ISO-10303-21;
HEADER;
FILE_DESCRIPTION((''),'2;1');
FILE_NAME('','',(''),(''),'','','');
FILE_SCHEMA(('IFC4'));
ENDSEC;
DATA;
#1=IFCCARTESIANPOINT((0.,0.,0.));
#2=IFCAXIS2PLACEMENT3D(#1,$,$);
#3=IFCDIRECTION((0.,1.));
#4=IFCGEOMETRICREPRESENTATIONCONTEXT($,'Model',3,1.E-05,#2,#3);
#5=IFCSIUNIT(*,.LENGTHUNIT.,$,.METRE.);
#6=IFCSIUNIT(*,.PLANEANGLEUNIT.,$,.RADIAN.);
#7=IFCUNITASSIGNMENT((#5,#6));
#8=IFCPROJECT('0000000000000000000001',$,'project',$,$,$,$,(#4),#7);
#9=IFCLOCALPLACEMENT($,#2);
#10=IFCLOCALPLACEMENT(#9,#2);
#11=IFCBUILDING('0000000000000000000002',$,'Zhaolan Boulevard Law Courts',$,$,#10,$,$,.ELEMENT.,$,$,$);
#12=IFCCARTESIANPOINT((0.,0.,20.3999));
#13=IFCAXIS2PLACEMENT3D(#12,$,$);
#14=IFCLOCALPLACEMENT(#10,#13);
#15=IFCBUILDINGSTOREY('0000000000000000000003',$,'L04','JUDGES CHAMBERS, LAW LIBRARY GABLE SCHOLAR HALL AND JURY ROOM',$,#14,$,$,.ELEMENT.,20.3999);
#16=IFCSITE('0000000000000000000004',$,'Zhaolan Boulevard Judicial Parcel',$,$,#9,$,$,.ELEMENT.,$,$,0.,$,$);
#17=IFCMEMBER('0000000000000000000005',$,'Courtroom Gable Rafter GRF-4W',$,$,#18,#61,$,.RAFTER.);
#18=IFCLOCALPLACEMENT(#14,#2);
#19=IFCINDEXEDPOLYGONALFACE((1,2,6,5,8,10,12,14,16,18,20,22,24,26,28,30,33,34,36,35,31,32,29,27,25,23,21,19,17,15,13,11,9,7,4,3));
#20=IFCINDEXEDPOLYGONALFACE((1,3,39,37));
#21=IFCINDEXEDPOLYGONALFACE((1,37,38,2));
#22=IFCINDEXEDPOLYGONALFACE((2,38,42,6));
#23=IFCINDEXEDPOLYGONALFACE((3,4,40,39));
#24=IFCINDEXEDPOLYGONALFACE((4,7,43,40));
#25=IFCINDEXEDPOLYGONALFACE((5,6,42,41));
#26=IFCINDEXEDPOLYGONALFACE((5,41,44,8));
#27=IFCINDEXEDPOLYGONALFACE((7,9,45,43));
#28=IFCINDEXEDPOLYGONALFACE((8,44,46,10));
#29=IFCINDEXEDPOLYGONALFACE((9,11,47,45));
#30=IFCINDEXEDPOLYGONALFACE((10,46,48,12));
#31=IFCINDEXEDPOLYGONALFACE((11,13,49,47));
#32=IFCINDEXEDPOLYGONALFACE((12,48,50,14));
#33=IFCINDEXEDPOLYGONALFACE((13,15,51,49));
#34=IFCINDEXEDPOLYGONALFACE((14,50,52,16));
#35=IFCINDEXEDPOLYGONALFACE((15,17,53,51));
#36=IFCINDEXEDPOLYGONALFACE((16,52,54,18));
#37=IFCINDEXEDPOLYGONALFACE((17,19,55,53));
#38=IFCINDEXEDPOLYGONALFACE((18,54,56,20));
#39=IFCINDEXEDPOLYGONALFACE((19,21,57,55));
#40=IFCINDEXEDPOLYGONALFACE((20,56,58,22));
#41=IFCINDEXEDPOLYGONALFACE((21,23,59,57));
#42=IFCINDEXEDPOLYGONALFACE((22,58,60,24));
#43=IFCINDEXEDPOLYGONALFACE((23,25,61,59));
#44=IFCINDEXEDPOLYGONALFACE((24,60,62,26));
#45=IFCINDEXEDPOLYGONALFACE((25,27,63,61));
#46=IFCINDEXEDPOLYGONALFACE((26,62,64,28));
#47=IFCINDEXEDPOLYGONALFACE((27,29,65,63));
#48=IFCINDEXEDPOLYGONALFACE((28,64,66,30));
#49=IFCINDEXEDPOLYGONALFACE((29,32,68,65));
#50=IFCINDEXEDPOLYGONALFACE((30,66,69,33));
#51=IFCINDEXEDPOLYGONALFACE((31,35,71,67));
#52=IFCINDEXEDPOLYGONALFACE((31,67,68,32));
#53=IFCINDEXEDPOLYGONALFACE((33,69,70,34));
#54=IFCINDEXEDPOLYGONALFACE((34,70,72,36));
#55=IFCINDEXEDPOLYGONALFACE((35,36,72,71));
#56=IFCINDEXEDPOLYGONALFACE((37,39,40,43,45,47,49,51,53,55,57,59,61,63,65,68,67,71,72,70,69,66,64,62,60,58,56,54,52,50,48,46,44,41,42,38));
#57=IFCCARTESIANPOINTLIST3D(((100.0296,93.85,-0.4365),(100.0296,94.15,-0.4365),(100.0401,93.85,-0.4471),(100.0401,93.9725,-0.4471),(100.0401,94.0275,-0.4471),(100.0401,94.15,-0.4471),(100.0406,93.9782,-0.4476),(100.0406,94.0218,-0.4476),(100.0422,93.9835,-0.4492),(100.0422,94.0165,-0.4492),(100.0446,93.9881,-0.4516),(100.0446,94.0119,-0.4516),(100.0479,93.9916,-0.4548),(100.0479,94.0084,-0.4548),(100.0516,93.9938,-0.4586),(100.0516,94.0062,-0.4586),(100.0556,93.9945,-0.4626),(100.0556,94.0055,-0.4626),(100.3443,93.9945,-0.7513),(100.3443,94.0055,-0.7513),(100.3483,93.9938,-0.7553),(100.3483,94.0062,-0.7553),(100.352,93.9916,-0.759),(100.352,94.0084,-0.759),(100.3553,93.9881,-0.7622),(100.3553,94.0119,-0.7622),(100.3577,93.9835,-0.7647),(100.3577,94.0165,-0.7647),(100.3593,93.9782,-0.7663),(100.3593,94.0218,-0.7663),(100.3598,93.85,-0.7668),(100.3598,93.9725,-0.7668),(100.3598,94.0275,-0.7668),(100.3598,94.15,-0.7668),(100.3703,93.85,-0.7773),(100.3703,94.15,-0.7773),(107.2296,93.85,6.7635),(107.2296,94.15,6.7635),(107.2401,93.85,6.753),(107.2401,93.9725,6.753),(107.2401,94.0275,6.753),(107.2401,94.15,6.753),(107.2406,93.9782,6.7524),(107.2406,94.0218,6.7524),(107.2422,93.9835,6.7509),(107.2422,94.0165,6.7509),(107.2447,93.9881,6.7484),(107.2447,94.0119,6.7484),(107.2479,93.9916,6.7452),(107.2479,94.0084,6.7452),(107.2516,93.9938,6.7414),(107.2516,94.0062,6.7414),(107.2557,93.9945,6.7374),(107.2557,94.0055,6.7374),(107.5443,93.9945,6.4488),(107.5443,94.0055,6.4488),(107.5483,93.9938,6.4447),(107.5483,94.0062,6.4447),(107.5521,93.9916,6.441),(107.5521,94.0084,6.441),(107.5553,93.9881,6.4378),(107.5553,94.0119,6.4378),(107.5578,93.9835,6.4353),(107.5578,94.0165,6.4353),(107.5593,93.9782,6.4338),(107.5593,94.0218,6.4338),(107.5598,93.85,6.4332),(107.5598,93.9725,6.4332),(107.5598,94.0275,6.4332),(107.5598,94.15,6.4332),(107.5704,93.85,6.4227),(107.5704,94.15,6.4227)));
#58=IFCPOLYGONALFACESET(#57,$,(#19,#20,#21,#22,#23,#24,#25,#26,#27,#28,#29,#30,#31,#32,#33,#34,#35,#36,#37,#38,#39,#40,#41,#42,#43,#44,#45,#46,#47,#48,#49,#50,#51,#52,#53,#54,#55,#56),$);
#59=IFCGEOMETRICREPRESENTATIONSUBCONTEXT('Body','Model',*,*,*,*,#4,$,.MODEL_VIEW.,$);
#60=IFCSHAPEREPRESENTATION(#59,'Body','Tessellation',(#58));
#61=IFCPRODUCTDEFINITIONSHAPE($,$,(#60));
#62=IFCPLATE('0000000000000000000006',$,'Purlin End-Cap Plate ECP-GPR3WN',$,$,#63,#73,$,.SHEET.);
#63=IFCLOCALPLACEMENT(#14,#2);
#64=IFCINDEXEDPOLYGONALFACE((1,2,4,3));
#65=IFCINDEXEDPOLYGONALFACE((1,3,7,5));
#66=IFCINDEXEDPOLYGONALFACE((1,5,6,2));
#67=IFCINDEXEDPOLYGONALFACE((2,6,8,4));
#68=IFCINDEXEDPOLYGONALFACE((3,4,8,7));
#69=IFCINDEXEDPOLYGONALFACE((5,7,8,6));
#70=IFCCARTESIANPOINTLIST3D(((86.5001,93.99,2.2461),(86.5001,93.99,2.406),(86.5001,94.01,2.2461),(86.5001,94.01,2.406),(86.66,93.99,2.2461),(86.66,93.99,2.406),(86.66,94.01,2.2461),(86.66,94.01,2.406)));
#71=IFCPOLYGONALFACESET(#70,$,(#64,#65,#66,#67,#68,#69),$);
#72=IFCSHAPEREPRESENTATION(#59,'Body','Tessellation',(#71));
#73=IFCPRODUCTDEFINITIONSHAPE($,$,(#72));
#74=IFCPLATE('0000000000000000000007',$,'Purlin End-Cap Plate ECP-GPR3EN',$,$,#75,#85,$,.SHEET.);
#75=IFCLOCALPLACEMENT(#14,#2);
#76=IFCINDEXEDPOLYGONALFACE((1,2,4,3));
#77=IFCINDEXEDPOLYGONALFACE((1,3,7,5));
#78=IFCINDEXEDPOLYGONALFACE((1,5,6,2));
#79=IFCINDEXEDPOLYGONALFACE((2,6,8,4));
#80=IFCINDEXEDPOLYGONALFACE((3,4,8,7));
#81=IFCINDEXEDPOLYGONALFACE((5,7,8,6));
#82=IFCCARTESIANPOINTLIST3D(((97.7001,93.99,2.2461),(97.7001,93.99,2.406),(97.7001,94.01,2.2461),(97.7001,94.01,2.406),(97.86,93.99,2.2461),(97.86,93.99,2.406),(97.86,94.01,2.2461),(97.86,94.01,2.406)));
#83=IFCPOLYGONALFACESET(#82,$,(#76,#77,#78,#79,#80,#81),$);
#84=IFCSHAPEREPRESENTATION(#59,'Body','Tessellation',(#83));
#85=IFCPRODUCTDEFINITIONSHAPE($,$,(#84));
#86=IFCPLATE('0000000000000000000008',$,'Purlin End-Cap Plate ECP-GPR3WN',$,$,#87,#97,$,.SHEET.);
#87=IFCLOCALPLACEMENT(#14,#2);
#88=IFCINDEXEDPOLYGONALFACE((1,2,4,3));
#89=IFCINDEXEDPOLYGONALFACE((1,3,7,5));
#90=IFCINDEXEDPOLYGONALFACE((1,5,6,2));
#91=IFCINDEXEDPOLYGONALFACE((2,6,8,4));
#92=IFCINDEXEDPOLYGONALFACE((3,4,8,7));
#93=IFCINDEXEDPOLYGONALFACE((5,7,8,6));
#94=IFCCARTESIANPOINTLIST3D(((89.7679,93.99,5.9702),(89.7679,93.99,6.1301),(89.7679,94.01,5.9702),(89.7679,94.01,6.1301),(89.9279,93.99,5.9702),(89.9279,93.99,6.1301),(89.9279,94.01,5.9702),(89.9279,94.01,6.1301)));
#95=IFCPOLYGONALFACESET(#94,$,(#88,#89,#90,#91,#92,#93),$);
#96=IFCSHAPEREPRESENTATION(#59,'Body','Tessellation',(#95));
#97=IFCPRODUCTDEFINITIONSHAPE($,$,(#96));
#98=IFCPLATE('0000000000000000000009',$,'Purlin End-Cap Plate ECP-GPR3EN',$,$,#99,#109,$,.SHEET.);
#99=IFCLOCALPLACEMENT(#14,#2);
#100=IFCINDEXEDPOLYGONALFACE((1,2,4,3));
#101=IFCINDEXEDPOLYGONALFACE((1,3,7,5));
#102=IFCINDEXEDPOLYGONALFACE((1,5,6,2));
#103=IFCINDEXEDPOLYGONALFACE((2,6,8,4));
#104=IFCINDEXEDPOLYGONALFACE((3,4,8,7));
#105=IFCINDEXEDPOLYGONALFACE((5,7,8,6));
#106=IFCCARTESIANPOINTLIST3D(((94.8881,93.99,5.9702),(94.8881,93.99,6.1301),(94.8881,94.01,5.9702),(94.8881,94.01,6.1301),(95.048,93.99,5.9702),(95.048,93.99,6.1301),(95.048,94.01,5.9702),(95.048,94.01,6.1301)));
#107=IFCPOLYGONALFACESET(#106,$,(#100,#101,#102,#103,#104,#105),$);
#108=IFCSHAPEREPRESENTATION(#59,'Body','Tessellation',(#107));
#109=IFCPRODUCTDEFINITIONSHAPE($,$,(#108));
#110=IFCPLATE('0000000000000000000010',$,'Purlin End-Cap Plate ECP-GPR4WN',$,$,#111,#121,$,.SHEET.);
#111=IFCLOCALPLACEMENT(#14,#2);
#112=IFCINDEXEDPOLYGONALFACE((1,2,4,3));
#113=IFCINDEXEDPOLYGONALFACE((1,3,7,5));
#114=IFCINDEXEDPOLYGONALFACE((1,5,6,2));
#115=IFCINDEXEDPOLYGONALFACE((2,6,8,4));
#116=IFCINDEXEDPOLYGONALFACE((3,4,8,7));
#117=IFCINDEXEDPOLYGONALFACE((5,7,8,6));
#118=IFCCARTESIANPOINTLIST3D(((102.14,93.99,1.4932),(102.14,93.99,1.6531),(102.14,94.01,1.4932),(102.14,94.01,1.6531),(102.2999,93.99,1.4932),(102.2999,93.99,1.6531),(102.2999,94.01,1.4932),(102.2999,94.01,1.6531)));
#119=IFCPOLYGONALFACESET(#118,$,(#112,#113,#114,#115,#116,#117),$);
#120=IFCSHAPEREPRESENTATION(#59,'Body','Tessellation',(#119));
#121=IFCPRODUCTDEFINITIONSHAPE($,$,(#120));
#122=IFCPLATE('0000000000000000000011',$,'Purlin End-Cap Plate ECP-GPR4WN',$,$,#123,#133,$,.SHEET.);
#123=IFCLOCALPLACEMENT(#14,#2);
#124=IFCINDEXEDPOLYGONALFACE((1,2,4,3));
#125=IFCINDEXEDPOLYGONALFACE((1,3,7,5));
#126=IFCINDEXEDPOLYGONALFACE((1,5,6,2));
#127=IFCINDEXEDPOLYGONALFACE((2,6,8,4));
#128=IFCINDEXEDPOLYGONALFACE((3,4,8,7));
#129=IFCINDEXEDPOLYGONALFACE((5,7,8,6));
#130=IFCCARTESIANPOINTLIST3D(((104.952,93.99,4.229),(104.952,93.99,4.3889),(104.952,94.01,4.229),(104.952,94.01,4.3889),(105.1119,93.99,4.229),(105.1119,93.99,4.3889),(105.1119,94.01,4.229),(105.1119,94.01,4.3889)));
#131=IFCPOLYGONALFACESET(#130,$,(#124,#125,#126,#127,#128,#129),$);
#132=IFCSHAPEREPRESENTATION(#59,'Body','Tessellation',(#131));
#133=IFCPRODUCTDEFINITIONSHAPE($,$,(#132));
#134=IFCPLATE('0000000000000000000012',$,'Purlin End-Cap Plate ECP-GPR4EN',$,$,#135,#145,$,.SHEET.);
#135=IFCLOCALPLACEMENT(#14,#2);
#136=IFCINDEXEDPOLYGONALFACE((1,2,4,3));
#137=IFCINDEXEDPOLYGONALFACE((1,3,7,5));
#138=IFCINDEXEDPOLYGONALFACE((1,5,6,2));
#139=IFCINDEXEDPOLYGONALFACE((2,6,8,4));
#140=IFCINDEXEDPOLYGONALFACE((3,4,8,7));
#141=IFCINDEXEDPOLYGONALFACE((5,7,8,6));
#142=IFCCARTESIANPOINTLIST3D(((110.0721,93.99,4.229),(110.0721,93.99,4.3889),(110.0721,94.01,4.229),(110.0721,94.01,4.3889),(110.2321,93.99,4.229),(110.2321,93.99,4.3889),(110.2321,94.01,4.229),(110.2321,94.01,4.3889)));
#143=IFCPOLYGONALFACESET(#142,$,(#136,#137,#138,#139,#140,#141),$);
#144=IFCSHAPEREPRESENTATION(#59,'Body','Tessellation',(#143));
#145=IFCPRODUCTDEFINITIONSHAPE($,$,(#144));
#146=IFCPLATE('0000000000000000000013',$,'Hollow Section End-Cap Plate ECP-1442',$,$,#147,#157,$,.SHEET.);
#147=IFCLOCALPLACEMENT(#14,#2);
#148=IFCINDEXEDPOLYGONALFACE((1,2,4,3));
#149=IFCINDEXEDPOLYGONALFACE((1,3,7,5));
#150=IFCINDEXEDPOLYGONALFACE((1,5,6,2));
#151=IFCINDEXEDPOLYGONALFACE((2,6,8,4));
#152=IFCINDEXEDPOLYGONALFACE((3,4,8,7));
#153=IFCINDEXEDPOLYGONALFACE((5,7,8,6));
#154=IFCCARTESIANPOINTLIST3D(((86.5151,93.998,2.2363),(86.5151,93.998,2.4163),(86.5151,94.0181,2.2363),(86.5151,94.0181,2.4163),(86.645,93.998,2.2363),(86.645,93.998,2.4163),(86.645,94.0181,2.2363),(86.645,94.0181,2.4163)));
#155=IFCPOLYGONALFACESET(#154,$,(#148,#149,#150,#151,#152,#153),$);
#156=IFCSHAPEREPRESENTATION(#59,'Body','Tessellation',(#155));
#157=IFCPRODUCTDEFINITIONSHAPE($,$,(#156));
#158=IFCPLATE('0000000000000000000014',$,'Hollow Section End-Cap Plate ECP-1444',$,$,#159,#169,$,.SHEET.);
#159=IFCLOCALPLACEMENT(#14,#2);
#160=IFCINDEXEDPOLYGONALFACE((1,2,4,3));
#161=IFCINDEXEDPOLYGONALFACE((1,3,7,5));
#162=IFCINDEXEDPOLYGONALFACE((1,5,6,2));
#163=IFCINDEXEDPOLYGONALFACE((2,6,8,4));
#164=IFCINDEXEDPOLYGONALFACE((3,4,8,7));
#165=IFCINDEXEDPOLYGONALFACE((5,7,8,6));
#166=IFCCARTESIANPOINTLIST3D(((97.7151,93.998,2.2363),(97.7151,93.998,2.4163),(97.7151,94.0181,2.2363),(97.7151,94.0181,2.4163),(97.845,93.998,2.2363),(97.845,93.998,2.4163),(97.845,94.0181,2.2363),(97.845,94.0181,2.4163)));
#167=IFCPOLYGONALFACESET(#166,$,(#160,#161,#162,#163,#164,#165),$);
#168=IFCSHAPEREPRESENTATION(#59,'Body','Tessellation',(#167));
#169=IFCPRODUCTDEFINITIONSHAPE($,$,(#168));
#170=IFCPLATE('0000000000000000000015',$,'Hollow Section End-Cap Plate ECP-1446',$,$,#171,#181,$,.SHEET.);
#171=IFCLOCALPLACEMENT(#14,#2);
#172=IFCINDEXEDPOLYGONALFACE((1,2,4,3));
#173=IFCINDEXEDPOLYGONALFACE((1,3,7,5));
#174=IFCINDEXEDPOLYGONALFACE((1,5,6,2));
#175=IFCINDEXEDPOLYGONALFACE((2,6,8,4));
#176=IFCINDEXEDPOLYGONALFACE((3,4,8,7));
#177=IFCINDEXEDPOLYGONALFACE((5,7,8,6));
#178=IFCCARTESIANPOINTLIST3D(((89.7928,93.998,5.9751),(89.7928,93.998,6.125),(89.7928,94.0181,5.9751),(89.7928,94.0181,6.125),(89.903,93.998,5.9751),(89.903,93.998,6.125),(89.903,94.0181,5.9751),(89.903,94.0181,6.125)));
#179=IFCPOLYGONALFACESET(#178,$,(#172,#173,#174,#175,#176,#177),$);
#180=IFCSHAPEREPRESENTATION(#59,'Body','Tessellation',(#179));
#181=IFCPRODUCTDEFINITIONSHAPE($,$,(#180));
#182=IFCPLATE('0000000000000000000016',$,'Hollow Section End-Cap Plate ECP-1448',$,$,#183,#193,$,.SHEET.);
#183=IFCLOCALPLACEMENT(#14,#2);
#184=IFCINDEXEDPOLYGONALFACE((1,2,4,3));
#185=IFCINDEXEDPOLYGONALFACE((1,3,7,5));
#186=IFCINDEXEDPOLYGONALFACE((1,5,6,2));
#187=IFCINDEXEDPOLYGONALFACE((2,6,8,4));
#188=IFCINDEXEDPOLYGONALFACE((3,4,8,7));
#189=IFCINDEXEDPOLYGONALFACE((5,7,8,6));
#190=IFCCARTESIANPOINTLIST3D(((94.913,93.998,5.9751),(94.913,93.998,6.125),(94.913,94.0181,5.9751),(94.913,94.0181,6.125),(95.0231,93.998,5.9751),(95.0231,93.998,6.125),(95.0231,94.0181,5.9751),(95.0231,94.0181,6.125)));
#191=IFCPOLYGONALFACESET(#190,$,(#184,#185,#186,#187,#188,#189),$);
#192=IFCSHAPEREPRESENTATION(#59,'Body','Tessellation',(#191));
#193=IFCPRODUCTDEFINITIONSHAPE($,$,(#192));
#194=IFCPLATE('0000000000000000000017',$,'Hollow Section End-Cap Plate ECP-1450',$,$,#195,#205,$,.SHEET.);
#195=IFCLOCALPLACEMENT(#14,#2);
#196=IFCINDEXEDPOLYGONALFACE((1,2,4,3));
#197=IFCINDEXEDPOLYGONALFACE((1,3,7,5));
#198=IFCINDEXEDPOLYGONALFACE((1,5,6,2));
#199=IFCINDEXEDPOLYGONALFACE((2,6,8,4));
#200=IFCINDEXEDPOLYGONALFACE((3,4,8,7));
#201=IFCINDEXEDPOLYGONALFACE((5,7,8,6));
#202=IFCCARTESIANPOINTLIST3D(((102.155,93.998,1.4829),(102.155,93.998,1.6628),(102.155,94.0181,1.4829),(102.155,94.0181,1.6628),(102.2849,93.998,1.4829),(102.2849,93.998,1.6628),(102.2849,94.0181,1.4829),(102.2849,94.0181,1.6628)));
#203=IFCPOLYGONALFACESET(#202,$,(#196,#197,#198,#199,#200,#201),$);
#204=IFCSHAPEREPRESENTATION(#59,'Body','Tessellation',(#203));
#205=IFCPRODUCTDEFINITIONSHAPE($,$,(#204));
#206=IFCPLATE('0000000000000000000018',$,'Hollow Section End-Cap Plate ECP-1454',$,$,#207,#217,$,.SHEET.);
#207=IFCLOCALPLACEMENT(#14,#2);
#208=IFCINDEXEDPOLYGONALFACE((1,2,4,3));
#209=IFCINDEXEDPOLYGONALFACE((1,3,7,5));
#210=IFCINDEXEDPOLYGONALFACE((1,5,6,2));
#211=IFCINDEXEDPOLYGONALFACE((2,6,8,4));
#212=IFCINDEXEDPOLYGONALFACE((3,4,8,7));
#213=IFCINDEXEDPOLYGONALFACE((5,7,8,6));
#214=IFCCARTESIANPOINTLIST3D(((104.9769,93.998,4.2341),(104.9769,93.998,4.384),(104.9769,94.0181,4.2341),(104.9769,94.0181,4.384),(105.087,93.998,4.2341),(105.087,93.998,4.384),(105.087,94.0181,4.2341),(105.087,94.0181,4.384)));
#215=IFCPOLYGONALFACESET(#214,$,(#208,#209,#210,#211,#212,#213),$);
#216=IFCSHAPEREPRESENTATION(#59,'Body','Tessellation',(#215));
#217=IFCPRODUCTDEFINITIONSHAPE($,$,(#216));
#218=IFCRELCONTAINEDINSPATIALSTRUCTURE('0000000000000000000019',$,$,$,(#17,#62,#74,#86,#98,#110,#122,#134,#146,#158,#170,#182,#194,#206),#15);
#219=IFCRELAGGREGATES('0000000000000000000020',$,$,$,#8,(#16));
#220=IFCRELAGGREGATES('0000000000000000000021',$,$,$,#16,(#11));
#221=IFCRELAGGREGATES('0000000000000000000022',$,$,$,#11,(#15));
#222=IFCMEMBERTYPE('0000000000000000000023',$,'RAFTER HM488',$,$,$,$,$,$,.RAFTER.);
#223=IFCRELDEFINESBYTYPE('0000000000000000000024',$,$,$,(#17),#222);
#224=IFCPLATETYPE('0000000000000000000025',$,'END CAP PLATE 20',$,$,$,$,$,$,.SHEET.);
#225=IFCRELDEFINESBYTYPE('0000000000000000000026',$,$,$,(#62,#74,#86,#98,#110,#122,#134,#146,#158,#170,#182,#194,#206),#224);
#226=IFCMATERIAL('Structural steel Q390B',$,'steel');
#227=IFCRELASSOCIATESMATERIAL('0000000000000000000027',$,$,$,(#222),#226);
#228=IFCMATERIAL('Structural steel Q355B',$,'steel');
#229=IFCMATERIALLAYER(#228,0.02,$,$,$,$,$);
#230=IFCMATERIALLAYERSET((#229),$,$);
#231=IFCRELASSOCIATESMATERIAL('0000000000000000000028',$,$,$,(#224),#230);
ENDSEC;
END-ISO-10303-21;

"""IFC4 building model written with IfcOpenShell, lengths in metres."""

from ifc_helpers import new_model, si_unit, direction, frame, origin, origin_2d, place, context, subcontext, project, spatial, rectangle, i_section, extrude, material, layer, layer_set, material_profile, profile_set, type_object, element, save


model = new_model("IFC4")

# Units and contexts
model_context = context("Model", 3, precision=1e-05, world=origin(), true_north=direction((0.0, 1.0)))
body_context = subcontext(model_context, "Body", "Model", "MODEL_VIEW")
ifc_project = project(units=[si_unit("LENGTHUNIT", "METRE"), si_unit("PLANEANGLEUNIT", "RADIAN")], contexts=[model_context])

# Site, building, storey
site_placement = place(None, origin())
site = spatial("IfcSite", under=ifc_project, at=site_placement, Name="Zhaolan Boulevard Judicial Parcel", CompositionType="ELEMENT", RefElevation=0.0)
building_placement = place(site_placement, origin())
building = spatial("IfcBuilding", under=site, at=building_placement, Name="Zhaolan Boulevard Law Courts", CompositionType="ELEMENT")
storey_placement = place(building_placement, frame((0.0, 0.0, 20.3999)))
storey = spatial("IfcBuildingStorey", under=building, at=storey_placement, Name="L04", Description="JUDGES CHAMBERS, LAW LIBRARY GABLE SCHOLAR HALL AND JURY ROOM", CompositionType="ELEMENT", Elevation=20.3999)

# Member
ifc_material_1 = material(Name="Structural steel Q390B", Category="steel")
ifc_material_profile = material_profile(ifc_material_1, i_section(OverallWidth=0.3, OverallDepth=0.4819, WebThickness=0.011, FlangeThickness=0.0149, FilletRadius=0.022, at=origin_2d()), Name="HM482x300")
ifc_profile_set = profile_set([ifc_material_profile], Name="Structural steel Q390B")
member_type = type_object("IfcMemberType", Name="RAFTER HM488", PredefinedType="RAFTER", material=ifc_profile_set)
for number, where, z_axis, x_axis, name in (
    (1, (100.2, 94.0, -0.6069), (0.707107, 0.0, 0.707107), (0.0, 1.0, 0.0), "Courtroom Gable Rafter GRF-4W"),
):
    element("IfcMember", number, at=place(storey_placement, frame(where, z_axis=z_axis, x_axis=x_axis)), inside=storey, type_object=member_type, Name=name, PredefinedType="RAFTER", context=body_context, shape_type="SweptSolid", body=[
        extrude(i_section(OverallWidth=0.3, OverallDepth=0.4819, WebThickness=0.011, FlangeThickness=0.0149, FilletRadius=0.022, at=origin_2d()), origin(), (0.0, 0.0, 1.0), 10.1824),
    ])

# Plates
ifc_material_2 = material(Name="Structural steel Q355B", Category="steel")
ifc_layer_1 = layer(ifc_material_2, 0.02)
ifc_layer_set_1 = layer_set([ifc_layer_1])
plate_type = type_object("IfcPlateType", Name="END CAP PLATE 20", PredefinedType="SHEET", material=ifc_layer_set_1)
for number, where, z_axis, x_axis, name in (
    (2, (86.5801, 94.0, 2.2461), (0.0, 0.0, 1.0), (1.0, 0.0, 0.0), "Purlin End-Cap Plate ECP-GPR3WN"),
    (3, (97.78, 94.0, 2.2461), (0.0, 0.0, 1.0), (1.0, 0.0, 0.0), "Purlin End-Cap Plate ECP-GPR3EN"),
    (4, (89.8479, 94.0, 5.9702), (0.0, 0.0, 1.0), (1.0, 0.0, 0.0), "Purlin End-Cap Plate ECP-GPR3WN"),
    (5, (94.968, 94.0, 5.9702), (0.0, 0.0, 1.0), (1.0, 0.0, 0.0), "Purlin End-Cap Plate ECP-GPR3EN"),
    (6, (102.22, 94.0, 1.4932), (0.0, 0.0, 1.0), (1.0, 0.0, 0.0), "Purlin End-Cap Plate ECP-GPR4WN"),
    (7, (105.032, 94.0, 4.229), (0.0, 0.0, 1.0), (1.0, 0.0, 0.0), "Purlin End-Cap Plate ECP-GPR4WN"),
    (8, (110.1521, 94.0, 4.229), (0.0, 0.0, 1.0), (1.0, 0.0, 0.0), "Purlin End-Cap Plate ECP-GPR4EN"),
):
    element("IfcPlate", number, at=place(storey_placement, frame(where, z_axis=z_axis, x_axis=x_axis)), inside=storey, type_object=plate_type, Name=name, PredefinedType="SHEET", context=body_context, shape_type="SweptSolid", body=[
        extrude(rectangle(XDim=0.1599, YDim=0.02, at=origin_2d()), origin(), (0.0, 0.0, 1.0), 0.1599),
    ])
for number, where, z_axis, x_axis, name in (
    (9, (86.5801, 94.0081, 2.2363), (0.0, 0.0, 1.0), (0.0, 1.0, 0.0), "Hollow Section End-Cap Plate ECP-1442"),
    (10, (97.78, 94.0081, 2.2363), (0.0, 0.0, 1.0), (0.0, 1.0, 0.0), "Hollow Section End-Cap Plate ECP-1444"),
):
    element("IfcPlate", number, at=place(storey_placement, frame(where, z_axis=z_axis, x_axis=x_axis)), inside=storey, type_object=plate_type, Name=name, PredefinedType="SHEET", context=body_context, shape_type="SweptSolid", body=[
        extrude(rectangle(XDim=0.02, YDim=0.1299, at=origin_2d()), origin(), (0.0, 0.0, 1.0), 0.1799),
    ])
for number, where, z_axis, x_axis, name in (
    (11, (89.8479, 94.0081, 5.9751), (0.0, 0.0, 1.0), (0.0, 1.0, 0.0), "Hollow Section End-Cap Plate ECP-1446"),
    (12, (94.968, 94.0081, 5.9751), (0.0, 0.0, 1.0), (0.0, 1.0, 0.0), "Hollow Section End-Cap Plate ECP-1448"),
):
    element("IfcPlate", number, at=place(storey_placement, frame(where, z_axis=z_axis, x_axis=x_axis)), inside=storey, type_object=plate_type, Name=name, PredefinedType="SHEET", context=body_context, shape_type="SweptSolid", body=[
        extrude(rectangle(XDim=0.02, YDim=0.1101, at=origin_2d()), origin(), (0.0, 0.0, 1.0), 0.1499),
    ])
plate_placement = place(storey_placement, frame((102.22, 94.0081, 1.4829), z_axis=(0.0, 0.0, 1.0), x_axis=(0.0, 1.0, 0.0)))
element("IfcPlate", 13, at=plate_placement, inside=storey, type_object=plate_type, Name="Hollow Section End-Cap Plate ECP-1450", PredefinedType="SHEET", context=body_context, shape_type="SweptSolid", body=[
    extrude(rectangle(XDim=0.02, YDim=0.1299, at=origin_2d()), origin(), (0.0, 0.0, 1.0), 0.1799),
])
for number, where, z_axis, x_axis, name in (
    (14, (105.032, 94.0081, 4.2341), (0.0, 0.0, 1.0), (0.0, 1.0, 0.0), "Hollow Section End-Cap Plate ECP-1454"),
):
    element("IfcPlate", number, at=place(storey_placement, frame(where, z_axis=z_axis, x_axis=x_axis)), inside=storey, type_object=plate_type, Name=name, PredefinedType="SHEET", context=body_context, shape_type="SweptSolid", body=[
        extrude(rectangle(XDim=0.02, YDim=0.1101, at=origin_2d()), origin(), (0.0, 0.0, 1.0), 0.1499),
    ])

save(model, "model.ifc")
